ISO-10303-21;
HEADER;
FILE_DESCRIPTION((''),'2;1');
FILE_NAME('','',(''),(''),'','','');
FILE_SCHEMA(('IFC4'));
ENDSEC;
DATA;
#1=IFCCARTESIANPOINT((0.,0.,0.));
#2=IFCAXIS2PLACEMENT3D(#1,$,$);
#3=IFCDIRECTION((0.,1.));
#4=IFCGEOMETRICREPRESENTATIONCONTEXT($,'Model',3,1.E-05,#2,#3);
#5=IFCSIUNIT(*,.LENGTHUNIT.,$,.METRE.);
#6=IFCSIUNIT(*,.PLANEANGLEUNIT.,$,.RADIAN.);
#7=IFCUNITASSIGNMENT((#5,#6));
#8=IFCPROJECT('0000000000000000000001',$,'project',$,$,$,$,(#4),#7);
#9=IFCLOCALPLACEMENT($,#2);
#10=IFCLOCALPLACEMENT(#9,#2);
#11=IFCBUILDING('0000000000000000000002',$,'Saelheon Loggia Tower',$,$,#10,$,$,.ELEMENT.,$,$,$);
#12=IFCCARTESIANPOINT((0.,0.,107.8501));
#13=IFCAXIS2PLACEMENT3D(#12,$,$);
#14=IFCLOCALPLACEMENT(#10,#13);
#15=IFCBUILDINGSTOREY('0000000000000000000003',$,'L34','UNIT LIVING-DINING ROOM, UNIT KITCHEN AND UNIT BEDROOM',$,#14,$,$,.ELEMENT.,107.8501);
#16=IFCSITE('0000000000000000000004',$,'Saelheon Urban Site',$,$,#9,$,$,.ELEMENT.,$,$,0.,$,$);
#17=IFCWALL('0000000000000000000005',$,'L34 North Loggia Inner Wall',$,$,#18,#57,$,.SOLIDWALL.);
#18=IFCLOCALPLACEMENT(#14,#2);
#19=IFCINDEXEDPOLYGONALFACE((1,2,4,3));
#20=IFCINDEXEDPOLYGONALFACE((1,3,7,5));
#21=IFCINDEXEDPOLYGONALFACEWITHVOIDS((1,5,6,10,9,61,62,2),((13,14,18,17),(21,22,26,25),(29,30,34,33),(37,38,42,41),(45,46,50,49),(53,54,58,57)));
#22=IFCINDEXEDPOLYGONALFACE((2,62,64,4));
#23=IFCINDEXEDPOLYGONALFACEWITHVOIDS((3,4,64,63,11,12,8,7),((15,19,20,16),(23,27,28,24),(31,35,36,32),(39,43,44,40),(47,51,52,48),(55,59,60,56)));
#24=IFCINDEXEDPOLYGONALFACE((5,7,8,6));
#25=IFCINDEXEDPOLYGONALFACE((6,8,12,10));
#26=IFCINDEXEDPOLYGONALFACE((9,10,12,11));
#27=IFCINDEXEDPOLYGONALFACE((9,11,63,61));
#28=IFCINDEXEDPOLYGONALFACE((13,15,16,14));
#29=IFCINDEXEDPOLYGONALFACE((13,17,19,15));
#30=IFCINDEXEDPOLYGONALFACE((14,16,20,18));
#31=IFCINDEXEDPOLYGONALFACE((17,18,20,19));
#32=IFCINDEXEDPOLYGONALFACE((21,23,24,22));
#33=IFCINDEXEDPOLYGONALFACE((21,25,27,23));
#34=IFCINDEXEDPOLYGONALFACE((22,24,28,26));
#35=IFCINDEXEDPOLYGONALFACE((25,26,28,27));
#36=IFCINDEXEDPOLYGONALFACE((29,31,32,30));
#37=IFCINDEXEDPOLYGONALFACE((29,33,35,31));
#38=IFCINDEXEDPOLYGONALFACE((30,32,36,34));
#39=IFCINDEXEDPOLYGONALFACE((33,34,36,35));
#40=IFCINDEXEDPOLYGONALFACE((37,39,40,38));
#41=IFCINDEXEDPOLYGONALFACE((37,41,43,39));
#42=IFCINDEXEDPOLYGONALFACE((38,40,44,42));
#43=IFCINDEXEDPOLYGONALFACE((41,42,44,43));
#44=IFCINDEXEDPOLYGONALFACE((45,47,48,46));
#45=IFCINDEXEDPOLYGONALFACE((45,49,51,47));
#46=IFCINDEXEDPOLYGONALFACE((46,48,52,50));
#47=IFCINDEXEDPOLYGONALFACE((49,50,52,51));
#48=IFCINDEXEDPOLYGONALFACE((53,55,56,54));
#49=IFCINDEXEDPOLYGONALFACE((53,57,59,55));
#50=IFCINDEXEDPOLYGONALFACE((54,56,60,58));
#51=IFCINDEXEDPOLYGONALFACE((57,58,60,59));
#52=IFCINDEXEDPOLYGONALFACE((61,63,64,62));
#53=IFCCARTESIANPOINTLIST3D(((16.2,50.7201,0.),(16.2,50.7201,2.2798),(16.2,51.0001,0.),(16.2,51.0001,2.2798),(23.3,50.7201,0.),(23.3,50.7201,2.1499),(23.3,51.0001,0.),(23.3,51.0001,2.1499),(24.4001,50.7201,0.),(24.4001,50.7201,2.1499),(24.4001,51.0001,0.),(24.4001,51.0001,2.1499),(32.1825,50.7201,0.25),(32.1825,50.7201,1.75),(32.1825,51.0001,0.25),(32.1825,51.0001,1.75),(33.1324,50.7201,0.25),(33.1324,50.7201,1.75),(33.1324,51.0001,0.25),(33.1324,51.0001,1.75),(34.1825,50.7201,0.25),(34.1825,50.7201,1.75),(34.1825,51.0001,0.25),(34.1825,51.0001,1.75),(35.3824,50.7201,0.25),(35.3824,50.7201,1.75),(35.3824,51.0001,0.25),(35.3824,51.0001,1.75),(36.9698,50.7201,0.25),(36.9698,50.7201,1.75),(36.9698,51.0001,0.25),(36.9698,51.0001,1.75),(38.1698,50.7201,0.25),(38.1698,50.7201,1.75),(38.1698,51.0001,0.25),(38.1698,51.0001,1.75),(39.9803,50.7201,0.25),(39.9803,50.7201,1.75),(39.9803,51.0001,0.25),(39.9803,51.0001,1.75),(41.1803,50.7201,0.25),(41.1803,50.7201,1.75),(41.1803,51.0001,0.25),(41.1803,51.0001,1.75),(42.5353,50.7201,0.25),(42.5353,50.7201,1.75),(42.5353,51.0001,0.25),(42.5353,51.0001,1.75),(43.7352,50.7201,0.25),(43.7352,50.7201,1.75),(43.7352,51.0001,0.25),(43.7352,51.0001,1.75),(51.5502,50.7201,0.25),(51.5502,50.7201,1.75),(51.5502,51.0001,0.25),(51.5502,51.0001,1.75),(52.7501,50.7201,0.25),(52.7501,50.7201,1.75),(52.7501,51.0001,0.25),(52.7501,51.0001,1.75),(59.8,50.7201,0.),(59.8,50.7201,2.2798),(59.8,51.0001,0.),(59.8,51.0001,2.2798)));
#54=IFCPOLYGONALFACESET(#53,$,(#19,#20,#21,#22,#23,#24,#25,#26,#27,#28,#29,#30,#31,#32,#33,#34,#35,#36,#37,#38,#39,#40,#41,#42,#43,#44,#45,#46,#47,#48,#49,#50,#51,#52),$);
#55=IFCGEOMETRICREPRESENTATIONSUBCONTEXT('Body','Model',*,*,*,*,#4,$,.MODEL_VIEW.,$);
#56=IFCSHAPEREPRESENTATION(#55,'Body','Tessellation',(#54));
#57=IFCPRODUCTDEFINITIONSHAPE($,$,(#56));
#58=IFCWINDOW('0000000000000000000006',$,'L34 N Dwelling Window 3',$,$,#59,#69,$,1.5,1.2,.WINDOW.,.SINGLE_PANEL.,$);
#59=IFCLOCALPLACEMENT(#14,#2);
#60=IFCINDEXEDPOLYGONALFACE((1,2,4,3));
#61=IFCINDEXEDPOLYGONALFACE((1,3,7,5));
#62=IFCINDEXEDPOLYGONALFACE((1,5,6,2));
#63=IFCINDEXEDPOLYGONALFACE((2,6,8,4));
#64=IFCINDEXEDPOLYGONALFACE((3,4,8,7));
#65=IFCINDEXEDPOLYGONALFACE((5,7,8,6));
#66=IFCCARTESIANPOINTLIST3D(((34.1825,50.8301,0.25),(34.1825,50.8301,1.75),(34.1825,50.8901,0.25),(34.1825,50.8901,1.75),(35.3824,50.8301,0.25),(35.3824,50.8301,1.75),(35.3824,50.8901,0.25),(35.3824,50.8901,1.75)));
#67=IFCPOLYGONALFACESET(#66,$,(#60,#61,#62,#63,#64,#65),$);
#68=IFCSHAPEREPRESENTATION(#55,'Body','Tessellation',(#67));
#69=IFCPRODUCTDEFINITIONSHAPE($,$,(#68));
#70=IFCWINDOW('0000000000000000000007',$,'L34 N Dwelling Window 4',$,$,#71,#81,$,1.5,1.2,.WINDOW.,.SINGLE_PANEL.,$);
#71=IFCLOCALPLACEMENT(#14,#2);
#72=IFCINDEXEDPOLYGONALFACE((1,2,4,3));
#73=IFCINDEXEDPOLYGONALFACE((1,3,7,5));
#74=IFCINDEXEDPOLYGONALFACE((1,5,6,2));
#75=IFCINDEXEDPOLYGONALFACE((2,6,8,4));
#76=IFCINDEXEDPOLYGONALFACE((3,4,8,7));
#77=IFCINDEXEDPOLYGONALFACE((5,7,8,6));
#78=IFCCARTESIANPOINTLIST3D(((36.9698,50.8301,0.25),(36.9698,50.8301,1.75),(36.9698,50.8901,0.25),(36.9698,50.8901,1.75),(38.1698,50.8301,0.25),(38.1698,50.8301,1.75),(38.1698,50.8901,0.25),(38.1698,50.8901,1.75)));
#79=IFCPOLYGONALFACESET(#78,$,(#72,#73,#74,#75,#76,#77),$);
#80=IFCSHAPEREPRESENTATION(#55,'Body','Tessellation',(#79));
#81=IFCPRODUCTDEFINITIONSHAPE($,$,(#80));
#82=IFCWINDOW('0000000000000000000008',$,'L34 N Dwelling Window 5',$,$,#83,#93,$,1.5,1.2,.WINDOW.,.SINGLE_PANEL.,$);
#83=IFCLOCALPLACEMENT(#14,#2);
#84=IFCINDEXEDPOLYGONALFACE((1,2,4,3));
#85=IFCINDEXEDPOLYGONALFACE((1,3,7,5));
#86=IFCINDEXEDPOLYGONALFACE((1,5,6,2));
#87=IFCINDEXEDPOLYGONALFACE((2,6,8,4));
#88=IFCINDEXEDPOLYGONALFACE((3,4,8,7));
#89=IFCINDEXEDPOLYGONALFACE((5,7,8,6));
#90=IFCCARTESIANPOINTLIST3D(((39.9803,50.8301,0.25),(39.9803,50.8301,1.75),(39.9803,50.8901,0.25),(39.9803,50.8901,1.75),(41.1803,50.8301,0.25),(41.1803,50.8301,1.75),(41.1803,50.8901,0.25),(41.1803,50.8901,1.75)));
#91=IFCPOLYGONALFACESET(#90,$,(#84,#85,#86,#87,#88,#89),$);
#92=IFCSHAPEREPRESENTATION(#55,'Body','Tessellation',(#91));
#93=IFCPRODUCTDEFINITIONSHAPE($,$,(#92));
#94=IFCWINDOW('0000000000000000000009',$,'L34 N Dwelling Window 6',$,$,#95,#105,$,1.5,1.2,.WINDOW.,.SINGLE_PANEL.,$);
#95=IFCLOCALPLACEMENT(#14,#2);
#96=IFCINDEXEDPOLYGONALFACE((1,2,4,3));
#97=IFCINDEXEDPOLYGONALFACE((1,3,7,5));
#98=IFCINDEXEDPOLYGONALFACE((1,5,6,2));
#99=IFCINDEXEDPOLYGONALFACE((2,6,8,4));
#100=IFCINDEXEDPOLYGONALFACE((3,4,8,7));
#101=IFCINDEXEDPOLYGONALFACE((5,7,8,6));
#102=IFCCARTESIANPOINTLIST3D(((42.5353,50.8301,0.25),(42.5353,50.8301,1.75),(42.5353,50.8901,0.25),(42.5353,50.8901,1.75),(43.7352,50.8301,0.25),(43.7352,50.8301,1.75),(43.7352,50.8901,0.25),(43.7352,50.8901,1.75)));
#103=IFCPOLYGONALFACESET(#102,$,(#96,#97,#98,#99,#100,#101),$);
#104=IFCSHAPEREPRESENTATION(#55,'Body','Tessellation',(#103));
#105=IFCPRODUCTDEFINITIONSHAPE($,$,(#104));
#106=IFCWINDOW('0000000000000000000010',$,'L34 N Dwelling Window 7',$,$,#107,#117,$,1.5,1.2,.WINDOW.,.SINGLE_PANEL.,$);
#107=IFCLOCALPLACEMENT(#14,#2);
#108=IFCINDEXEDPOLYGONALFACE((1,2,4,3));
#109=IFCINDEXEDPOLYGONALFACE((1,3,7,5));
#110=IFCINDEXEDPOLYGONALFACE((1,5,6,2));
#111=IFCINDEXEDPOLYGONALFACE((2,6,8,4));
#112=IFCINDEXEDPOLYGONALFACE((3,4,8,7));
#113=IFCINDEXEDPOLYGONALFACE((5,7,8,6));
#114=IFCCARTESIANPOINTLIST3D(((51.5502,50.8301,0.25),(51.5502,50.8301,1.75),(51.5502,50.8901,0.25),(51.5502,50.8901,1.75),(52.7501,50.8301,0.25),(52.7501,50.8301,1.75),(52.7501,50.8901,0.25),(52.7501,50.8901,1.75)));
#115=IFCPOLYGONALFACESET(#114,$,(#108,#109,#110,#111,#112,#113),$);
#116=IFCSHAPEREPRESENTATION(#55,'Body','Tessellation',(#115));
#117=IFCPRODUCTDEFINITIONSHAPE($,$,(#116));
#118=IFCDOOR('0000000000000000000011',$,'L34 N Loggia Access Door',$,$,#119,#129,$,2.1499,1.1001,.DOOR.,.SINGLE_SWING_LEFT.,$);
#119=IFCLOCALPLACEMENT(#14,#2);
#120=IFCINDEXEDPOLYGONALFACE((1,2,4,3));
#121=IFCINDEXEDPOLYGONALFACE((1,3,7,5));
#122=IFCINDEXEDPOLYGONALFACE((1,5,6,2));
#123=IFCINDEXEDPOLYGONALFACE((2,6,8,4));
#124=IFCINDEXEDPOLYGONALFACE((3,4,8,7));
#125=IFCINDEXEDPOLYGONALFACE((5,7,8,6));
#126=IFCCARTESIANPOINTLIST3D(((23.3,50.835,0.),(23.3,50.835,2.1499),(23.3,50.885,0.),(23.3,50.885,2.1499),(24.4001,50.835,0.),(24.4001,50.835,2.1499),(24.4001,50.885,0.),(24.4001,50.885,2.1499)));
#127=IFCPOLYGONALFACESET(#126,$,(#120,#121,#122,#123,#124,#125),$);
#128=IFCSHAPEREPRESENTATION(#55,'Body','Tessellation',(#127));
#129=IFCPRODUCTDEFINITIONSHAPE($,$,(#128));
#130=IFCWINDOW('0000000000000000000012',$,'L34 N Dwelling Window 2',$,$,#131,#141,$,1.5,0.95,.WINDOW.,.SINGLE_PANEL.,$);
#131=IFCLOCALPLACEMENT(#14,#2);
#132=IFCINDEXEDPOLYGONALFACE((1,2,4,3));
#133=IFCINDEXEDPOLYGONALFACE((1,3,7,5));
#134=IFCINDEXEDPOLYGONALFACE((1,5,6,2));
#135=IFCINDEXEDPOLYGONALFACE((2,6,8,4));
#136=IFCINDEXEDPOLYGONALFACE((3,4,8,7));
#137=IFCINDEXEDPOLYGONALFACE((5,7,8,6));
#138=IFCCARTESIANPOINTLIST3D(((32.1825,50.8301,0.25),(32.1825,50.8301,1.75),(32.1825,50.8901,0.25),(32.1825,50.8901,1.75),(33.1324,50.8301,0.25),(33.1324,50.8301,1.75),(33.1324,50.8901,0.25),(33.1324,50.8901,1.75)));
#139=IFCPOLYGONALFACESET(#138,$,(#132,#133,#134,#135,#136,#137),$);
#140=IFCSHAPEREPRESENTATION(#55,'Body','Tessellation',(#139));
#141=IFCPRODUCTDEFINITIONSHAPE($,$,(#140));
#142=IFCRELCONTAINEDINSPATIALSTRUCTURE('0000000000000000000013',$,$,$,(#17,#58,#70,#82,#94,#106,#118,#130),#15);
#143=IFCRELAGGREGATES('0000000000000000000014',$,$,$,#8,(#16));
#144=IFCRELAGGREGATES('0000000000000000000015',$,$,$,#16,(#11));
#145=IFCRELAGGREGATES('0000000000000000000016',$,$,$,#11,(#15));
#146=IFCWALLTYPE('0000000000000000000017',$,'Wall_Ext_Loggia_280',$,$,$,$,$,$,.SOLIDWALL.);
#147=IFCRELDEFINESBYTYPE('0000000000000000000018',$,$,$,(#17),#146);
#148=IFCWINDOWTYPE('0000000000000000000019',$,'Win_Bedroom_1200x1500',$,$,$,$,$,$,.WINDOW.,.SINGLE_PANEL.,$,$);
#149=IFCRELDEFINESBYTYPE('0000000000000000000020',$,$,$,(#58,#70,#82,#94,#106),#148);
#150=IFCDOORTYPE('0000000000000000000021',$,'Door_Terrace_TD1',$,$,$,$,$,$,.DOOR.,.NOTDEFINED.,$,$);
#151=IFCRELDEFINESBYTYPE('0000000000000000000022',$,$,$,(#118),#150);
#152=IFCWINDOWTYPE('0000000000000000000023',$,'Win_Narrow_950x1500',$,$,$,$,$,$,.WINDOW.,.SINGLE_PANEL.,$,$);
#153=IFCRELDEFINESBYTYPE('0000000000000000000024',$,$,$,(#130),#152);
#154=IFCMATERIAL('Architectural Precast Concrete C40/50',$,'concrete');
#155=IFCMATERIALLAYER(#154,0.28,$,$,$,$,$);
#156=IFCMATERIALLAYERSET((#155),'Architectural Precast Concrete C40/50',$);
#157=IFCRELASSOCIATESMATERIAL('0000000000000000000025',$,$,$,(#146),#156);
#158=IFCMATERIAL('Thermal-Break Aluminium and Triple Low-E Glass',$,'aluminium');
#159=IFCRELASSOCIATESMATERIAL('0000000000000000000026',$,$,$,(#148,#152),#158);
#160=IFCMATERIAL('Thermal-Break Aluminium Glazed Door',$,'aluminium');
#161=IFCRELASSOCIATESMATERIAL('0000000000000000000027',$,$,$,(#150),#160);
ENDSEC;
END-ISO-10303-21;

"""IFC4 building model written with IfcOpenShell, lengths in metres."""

from ifc_helpers import new_model, si_unit, direction, frame, frame_2d, origin, place, context, subcontext, project, spatial, rectangle, extrude, source, transform, mapped, material, layer, layer_set, type_object, element, fill, save


model = new_model("IFC4")

# Units and contexts
model_context = context("Model", 3, precision=1e-05, world=origin(), true_north=direction((0.0, 1.0)))
body_context = subcontext(model_context, "Body", "Model", "MODEL_VIEW")
ifc_project = project(units=[si_unit("LENGTHUNIT", "METRE"), si_unit("PLANEANGLEUNIT", "RADIAN")], contexts=[model_context])

# Site, building, storey
site_placement = place(None, origin())
site = spatial("IfcSite", under=ifc_project, at=site_placement, Name="Saelheon Urban Site", CompositionType="ELEMENT", RefElevation=0.0)
building_placement = place(site_placement, origin())
building = spatial("IfcBuilding", under=site, at=building_placement, Name="Saelheon Loggia Tower", CompositionType="ELEMENT")
storey_placement = place(building_placement, frame((0.0, 0.0, 107.8501)))
storey = spatial("IfcBuildingStorey", under=building, at=storey_placement, Name="L34", Description="UNIT LIVING-DINING ROOM, UNIT KITCHEN AND UNIT BEDROOM", CompositionType="ELEMENT", Elevation=107.8501)

# Shared definitions
ifc_material_1 = material(Name="Thermal-Break Aluminium and Triple Low-E Glass", Category="aluminium")

# Wall, openings, windows, door
ifc_material_2 = material(Name="Architectural Precast Concrete C40/50", Category="concrete")
ifc_layer_1 = layer(ifc_material_2, 0.28)
ifc_layer_set_1 = layer_set([ifc_layer_1], Name="Architectural Precast Concrete C40/50")
wall_type_1 = type_object("IfcWallType", Name="Wall_Ext_Loggia_280", PredefinedType="SOLIDWALL", material=ifc_layer_set_1)
wall_1_placement = place(storey_placement, frame((16.2, 50.8601, 0.0), z_axis=(0.0, 0.0, 1.0), x_axis=(1.0, 0.0, 0.0)))
wall_1 = element("IfcWall", 1, at=wall_1_placement, inside=storey, type_object=wall_type_1, Name="L34 North Loggia Inner Wall", PredefinedType="SOLIDWALL", context=body_context, shape_type="SweptSolid", body=[
    extrude(rectangle(XDim=43.6001, YDim=0.28, at=frame_2d((21.8, 0.0))), origin(), (0.0, 0.0, 1.0), 2.2798),
])
opening_1_placement = place(wall_1_placement, frame((7.1001, 0.0, 0.0)))
opening_1 = element("IfcOpeningElement", 2, at=opening_1_placement, cuts=wall_1, PredefinedType="OPENING", context=body_context, shape_type="SweptSolid", body=[
    extrude(rectangle(XDim=1.1001, YDim=2.1499, at=frame_2d((0.55, 1.075))), frame((0.0, 0.1521, 0.0), z_axis=(0.0, -1.0, 0.0), x_axis=(1.0, 0.0, 0.0)), (0.0, 0.0, 1.0), 0.304),
])
opening_2_placement = place(wall_1_placement, frame((15.9824, 0.0, 0.25)))
opening_2 = element("IfcOpeningElement", 3, at=opening_2_placement, cuts=wall_1, PredefinedType="OPENING", context=body_context, shape_type="SweptSolid", body=[
    extrude(rectangle(XDim=0.95, YDim=1.5, at=frame_2d((0.4751, 0.75))), frame((0.0, 0.1521, 0.0), z_axis=(0.0, -1.0, 0.0), x_axis=(1.0, 0.0, 0.0)), (0.0, 0.0, 1.0), 0.304),
])
opening_3_placement = place(wall_1_placement, frame((17.9824, 0.0, 0.25)))
opening_3 = element("IfcOpeningElement", 4, at=opening_3_placement, cuts=wall_1, PredefinedType="OPENING", context=body_context, shape_type="SweptSolid", body=[
    extrude(rectangle(XDim=1.2, YDim=1.5, at=frame_2d((0.6001, 0.75))), frame((0.0, 0.1521, 0.0), z_axis=(0.0, -1.0, 0.0), x_axis=(1.0, 0.0, 0.0)), (0.0, 0.0, 1.0), 0.304),
])
opening_4_placement = place(wall_1_placement, frame((20.7698, 0.0, 0.25)))
opening_4 = element("IfcOpeningElement", 5, at=opening_4_placement, cuts=wall_1, PredefinedType="OPENING", context=body_context, shape_type="SweptSolid", body=[
    extrude(rectangle(XDim=1.2, YDim=1.5, at=frame_2d((0.6001, 0.75))), frame((0.0, 0.1521, 0.0), z_axis=(0.0, -1.0, 0.0), x_axis=(1.0, 0.0, 0.0)), (0.0, 0.0, 1.0), 0.304),
])
opening_5_placement = place(wall_1_placement, frame((23.7803, 0.0, 0.25)))
opening_5 = element("IfcOpeningElement", 6, at=opening_5_placement, cuts=wall_1, PredefinedType="OPENING", context=body_context, shape_type="SweptSolid", body=[
    extrude(rectangle(XDim=1.2, YDim=1.5, at=frame_2d((0.6001, 0.75))), frame((0.0, 0.1521, 0.0), z_axis=(0.0, -1.0, 0.0), x_axis=(1.0, 0.0, 0.0)), (0.0, 0.0, 1.0), 0.304),
])
opening_6_placement = place(wall_1_placement, frame((26.3352, 0.0, 0.25)))
opening_6 = element("IfcOpeningElement", 7, at=opening_6_placement, cuts=wall_1, PredefinedType="OPENING", context=body_context, shape_type="SweptSolid", body=[
    extrude(rectangle(XDim=1.2, YDim=1.5, at=frame_2d((0.6001, 0.75))), frame((0.0, 0.1521, 0.0), z_axis=(0.0, -1.0, 0.0), x_axis=(1.0, 0.0, 0.0)), (0.0, 0.0, 1.0), 0.304),
])
opening_7_placement = place(wall_1_placement, frame((35.3501, 0.0, 0.25)))
opening_7 = element("IfcOpeningElement", 8, at=opening_7_placement, cuts=wall_1, PredefinedType="OPENING", context=body_context, shape_type="SweptSolid", body=[
    extrude(rectangle(XDim=1.2, YDim=1.5, at=frame_2d((0.6001, 0.75))), frame((0.0, 0.1521, 0.0), z_axis=(0.0, -1.0, 0.0), x_axis=(1.0, 0.0, 0.0)), (0.0, 0.0, 1.0), 0.304),
])
window_type_1 = type_object("IfcWindowType", Name="Win_Bedroom_1200x1500", PartitioningType="SINGLE_PANEL", PredefinedType="WINDOW", material=ifc_material_1)
shared_shape_1 = source(origin(), body_context, "Body", "SweptSolid", [
    extrude(rectangle(XDim=1.2, YDim=1.5, at=frame_2d((0.6001, 0.75))), frame((0.0, 0.03, 0.0), z_axis=(0.0, -1.0, 0.0), x_axis=(1.0, 0.0, 0.0)), (0.0, 0.0, 1.0), 0.0601),
])
window_1_placement = place(opening_3_placement, origin())
window_1 = element("IfcWindow", 9, at=window_1_placement, inside=storey, type_object=window_type_1, Name="L34 N Dwelling Window 3", OverallHeight=1.5, OverallWidth=1.2, PartitioningType="SINGLE_PANEL", PredefinedType="WINDOW", context=body_context, shape_type="MappedRepresentation", body=[
    mapped(shared_shape_1, transform((0.0, 0.0, 0.0), scale=1.0)),
])
fill(opening_3, window_1)
window_2_placement = place(opening_4_placement, origin())
window_2 = element("IfcWindow", 10, at=window_2_placement, inside=storey, type_object=window_type_1, Name="L34 N Dwelling Window 4", OverallHeight=1.5, OverallWidth=1.2, PartitioningType="SINGLE_PANEL", PredefinedType="WINDOW", context=body_context, shape_type="MappedRepresentation", body=[
    mapped(shared_shape_1, transform((0.0, 0.0, 0.0), scale=1.0)),
])
fill(opening_4, window_2)
window_3_placement = place(opening_5_placement, origin())
window_3 = element("IfcWindow", 11, at=window_3_placement, inside=storey, type_object=window_type_1, Name="L34 N Dwelling Window 5", OverallHeight=1.5, OverallWidth=1.2, PartitioningType="SINGLE_PANEL", PredefinedType="WINDOW", context=body_context, shape_type="MappedRepresentation", body=[
    mapped(shared_shape_1, transform((0.0, 0.0, 0.0), scale=1.0)),
])
fill(opening_5, window_3)
window_4_placement = place(opening_6_placement, origin())
window_4 = element("IfcWindow", 12, at=window_4_placement, inside=storey, type_object=window_type_1, Name="L34 N Dwelling Window 6", OverallHeight=1.5, OverallWidth=1.2, PartitioningType="SINGLE_PANEL", PredefinedType="WINDOW", context=body_context, shape_type="MappedRepresentation", body=[
    mapped(shared_shape_1, transform((0.0, 0.0, 0.0), scale=1.0)),
])
fill(opening_6, window_4)
window_5_placement = place(opening_7_placement, origin())
window_5 = element("IfcWindow", 13, at=window_5_placement, inside=storey, type_object=window_type_1, Name="L34 N Dwelling Window 7", OverallHeight=1.5, OverallWidth=1.2, PartitioningType="SINGLE_PANEL", PredefinedType="WINDOW", context=body_context, shape_type="MappedRepresentation", body=[
    mapped(shared_shape_1, transform((0.0, 0.0, 0.0), scale=1.0)),
])
fill(opening_7, window_5)
ifc_material_3 = material(Name="Thermal-Break Aluminium Glazed Door", Category="aluminium")
door_type_1 = type_object("IfcDoorType", Name="Door_Terrace_TD1", OperationType="NOTDEFINED", PredefinedType="DOOR", material=ifc_material_3)
shared_shape_2 = source(origin(), body_context, "Body", "SweptSolid", [
    extrude(rectangle(XDim=1.1001, YDim=2.1499, at=frame_2d((0.55, 1.075))), frame((0.0, 0.0249, 0.0), z_axis=(0.0, -1.0, 0.0), x_axis=(1.0, 0.0, 0.0)), (0.0, 0.0, 1.0), 0.05),
])
door_1_placement = place(opening_1_placement, origin())
door_1 = element("IfcDoor", 14, at=door_1_placement, inside=storey, type_object=door_type_1, Name="L34 N Loggia Access Door", OperationType="SINGLE_SWING_LEFT", OverallHeight=2.1499, OverallWidth=1.1001, PredefinedType="DOOR", context=body_context, shape_type="MappedRepresentation", body=[
    mapped(shared_shape_2, transform((0.0, 0.0, 0.0), scale=1.0)),
])
fill(opening_1, door_1)
window_type_2 = type_object("IfcWindowType", Name="Win_Narrow_950x1500", PartitioningType="SINGLE_PANEL", PredefinedType="WINDOW", material=ifc_material_1)
shared_shape_3 = source(origin(), body_context, "Body", "SweptSolid", [
    extrude(rectangle(XDim=0.95, YDim=1.5, at=frame_2d((0.4751, 0.75))), frame((0.0, 0.03, 0.0), z_axis=(0.0, -1.0, 0.0), x_axis=(1.0, 0.0, 0.0)), (0.0, 0.0, 1.0), 0.0601),
])
window_6_placement = place(opening_2_placement, origin())
window_6 = element("IfcWindow", 15, at=window_6_placement, inside=storey, type_object=window_type_2, Name="L34 N Dwelling Window 2", OverallHeight=1.5, OverallWidth=0.95, PartitioningType="SINGLE_PANEL", PredefinedType="WINDOW", context=body_context, shape_type="MappedRepresentation", body=[
    mapped(shared_shape_3, transform((0.0, 0.0, 0.0), scale=1.0)),
])
fill(opening_2, window_6)

save(model, "model.ifc")
